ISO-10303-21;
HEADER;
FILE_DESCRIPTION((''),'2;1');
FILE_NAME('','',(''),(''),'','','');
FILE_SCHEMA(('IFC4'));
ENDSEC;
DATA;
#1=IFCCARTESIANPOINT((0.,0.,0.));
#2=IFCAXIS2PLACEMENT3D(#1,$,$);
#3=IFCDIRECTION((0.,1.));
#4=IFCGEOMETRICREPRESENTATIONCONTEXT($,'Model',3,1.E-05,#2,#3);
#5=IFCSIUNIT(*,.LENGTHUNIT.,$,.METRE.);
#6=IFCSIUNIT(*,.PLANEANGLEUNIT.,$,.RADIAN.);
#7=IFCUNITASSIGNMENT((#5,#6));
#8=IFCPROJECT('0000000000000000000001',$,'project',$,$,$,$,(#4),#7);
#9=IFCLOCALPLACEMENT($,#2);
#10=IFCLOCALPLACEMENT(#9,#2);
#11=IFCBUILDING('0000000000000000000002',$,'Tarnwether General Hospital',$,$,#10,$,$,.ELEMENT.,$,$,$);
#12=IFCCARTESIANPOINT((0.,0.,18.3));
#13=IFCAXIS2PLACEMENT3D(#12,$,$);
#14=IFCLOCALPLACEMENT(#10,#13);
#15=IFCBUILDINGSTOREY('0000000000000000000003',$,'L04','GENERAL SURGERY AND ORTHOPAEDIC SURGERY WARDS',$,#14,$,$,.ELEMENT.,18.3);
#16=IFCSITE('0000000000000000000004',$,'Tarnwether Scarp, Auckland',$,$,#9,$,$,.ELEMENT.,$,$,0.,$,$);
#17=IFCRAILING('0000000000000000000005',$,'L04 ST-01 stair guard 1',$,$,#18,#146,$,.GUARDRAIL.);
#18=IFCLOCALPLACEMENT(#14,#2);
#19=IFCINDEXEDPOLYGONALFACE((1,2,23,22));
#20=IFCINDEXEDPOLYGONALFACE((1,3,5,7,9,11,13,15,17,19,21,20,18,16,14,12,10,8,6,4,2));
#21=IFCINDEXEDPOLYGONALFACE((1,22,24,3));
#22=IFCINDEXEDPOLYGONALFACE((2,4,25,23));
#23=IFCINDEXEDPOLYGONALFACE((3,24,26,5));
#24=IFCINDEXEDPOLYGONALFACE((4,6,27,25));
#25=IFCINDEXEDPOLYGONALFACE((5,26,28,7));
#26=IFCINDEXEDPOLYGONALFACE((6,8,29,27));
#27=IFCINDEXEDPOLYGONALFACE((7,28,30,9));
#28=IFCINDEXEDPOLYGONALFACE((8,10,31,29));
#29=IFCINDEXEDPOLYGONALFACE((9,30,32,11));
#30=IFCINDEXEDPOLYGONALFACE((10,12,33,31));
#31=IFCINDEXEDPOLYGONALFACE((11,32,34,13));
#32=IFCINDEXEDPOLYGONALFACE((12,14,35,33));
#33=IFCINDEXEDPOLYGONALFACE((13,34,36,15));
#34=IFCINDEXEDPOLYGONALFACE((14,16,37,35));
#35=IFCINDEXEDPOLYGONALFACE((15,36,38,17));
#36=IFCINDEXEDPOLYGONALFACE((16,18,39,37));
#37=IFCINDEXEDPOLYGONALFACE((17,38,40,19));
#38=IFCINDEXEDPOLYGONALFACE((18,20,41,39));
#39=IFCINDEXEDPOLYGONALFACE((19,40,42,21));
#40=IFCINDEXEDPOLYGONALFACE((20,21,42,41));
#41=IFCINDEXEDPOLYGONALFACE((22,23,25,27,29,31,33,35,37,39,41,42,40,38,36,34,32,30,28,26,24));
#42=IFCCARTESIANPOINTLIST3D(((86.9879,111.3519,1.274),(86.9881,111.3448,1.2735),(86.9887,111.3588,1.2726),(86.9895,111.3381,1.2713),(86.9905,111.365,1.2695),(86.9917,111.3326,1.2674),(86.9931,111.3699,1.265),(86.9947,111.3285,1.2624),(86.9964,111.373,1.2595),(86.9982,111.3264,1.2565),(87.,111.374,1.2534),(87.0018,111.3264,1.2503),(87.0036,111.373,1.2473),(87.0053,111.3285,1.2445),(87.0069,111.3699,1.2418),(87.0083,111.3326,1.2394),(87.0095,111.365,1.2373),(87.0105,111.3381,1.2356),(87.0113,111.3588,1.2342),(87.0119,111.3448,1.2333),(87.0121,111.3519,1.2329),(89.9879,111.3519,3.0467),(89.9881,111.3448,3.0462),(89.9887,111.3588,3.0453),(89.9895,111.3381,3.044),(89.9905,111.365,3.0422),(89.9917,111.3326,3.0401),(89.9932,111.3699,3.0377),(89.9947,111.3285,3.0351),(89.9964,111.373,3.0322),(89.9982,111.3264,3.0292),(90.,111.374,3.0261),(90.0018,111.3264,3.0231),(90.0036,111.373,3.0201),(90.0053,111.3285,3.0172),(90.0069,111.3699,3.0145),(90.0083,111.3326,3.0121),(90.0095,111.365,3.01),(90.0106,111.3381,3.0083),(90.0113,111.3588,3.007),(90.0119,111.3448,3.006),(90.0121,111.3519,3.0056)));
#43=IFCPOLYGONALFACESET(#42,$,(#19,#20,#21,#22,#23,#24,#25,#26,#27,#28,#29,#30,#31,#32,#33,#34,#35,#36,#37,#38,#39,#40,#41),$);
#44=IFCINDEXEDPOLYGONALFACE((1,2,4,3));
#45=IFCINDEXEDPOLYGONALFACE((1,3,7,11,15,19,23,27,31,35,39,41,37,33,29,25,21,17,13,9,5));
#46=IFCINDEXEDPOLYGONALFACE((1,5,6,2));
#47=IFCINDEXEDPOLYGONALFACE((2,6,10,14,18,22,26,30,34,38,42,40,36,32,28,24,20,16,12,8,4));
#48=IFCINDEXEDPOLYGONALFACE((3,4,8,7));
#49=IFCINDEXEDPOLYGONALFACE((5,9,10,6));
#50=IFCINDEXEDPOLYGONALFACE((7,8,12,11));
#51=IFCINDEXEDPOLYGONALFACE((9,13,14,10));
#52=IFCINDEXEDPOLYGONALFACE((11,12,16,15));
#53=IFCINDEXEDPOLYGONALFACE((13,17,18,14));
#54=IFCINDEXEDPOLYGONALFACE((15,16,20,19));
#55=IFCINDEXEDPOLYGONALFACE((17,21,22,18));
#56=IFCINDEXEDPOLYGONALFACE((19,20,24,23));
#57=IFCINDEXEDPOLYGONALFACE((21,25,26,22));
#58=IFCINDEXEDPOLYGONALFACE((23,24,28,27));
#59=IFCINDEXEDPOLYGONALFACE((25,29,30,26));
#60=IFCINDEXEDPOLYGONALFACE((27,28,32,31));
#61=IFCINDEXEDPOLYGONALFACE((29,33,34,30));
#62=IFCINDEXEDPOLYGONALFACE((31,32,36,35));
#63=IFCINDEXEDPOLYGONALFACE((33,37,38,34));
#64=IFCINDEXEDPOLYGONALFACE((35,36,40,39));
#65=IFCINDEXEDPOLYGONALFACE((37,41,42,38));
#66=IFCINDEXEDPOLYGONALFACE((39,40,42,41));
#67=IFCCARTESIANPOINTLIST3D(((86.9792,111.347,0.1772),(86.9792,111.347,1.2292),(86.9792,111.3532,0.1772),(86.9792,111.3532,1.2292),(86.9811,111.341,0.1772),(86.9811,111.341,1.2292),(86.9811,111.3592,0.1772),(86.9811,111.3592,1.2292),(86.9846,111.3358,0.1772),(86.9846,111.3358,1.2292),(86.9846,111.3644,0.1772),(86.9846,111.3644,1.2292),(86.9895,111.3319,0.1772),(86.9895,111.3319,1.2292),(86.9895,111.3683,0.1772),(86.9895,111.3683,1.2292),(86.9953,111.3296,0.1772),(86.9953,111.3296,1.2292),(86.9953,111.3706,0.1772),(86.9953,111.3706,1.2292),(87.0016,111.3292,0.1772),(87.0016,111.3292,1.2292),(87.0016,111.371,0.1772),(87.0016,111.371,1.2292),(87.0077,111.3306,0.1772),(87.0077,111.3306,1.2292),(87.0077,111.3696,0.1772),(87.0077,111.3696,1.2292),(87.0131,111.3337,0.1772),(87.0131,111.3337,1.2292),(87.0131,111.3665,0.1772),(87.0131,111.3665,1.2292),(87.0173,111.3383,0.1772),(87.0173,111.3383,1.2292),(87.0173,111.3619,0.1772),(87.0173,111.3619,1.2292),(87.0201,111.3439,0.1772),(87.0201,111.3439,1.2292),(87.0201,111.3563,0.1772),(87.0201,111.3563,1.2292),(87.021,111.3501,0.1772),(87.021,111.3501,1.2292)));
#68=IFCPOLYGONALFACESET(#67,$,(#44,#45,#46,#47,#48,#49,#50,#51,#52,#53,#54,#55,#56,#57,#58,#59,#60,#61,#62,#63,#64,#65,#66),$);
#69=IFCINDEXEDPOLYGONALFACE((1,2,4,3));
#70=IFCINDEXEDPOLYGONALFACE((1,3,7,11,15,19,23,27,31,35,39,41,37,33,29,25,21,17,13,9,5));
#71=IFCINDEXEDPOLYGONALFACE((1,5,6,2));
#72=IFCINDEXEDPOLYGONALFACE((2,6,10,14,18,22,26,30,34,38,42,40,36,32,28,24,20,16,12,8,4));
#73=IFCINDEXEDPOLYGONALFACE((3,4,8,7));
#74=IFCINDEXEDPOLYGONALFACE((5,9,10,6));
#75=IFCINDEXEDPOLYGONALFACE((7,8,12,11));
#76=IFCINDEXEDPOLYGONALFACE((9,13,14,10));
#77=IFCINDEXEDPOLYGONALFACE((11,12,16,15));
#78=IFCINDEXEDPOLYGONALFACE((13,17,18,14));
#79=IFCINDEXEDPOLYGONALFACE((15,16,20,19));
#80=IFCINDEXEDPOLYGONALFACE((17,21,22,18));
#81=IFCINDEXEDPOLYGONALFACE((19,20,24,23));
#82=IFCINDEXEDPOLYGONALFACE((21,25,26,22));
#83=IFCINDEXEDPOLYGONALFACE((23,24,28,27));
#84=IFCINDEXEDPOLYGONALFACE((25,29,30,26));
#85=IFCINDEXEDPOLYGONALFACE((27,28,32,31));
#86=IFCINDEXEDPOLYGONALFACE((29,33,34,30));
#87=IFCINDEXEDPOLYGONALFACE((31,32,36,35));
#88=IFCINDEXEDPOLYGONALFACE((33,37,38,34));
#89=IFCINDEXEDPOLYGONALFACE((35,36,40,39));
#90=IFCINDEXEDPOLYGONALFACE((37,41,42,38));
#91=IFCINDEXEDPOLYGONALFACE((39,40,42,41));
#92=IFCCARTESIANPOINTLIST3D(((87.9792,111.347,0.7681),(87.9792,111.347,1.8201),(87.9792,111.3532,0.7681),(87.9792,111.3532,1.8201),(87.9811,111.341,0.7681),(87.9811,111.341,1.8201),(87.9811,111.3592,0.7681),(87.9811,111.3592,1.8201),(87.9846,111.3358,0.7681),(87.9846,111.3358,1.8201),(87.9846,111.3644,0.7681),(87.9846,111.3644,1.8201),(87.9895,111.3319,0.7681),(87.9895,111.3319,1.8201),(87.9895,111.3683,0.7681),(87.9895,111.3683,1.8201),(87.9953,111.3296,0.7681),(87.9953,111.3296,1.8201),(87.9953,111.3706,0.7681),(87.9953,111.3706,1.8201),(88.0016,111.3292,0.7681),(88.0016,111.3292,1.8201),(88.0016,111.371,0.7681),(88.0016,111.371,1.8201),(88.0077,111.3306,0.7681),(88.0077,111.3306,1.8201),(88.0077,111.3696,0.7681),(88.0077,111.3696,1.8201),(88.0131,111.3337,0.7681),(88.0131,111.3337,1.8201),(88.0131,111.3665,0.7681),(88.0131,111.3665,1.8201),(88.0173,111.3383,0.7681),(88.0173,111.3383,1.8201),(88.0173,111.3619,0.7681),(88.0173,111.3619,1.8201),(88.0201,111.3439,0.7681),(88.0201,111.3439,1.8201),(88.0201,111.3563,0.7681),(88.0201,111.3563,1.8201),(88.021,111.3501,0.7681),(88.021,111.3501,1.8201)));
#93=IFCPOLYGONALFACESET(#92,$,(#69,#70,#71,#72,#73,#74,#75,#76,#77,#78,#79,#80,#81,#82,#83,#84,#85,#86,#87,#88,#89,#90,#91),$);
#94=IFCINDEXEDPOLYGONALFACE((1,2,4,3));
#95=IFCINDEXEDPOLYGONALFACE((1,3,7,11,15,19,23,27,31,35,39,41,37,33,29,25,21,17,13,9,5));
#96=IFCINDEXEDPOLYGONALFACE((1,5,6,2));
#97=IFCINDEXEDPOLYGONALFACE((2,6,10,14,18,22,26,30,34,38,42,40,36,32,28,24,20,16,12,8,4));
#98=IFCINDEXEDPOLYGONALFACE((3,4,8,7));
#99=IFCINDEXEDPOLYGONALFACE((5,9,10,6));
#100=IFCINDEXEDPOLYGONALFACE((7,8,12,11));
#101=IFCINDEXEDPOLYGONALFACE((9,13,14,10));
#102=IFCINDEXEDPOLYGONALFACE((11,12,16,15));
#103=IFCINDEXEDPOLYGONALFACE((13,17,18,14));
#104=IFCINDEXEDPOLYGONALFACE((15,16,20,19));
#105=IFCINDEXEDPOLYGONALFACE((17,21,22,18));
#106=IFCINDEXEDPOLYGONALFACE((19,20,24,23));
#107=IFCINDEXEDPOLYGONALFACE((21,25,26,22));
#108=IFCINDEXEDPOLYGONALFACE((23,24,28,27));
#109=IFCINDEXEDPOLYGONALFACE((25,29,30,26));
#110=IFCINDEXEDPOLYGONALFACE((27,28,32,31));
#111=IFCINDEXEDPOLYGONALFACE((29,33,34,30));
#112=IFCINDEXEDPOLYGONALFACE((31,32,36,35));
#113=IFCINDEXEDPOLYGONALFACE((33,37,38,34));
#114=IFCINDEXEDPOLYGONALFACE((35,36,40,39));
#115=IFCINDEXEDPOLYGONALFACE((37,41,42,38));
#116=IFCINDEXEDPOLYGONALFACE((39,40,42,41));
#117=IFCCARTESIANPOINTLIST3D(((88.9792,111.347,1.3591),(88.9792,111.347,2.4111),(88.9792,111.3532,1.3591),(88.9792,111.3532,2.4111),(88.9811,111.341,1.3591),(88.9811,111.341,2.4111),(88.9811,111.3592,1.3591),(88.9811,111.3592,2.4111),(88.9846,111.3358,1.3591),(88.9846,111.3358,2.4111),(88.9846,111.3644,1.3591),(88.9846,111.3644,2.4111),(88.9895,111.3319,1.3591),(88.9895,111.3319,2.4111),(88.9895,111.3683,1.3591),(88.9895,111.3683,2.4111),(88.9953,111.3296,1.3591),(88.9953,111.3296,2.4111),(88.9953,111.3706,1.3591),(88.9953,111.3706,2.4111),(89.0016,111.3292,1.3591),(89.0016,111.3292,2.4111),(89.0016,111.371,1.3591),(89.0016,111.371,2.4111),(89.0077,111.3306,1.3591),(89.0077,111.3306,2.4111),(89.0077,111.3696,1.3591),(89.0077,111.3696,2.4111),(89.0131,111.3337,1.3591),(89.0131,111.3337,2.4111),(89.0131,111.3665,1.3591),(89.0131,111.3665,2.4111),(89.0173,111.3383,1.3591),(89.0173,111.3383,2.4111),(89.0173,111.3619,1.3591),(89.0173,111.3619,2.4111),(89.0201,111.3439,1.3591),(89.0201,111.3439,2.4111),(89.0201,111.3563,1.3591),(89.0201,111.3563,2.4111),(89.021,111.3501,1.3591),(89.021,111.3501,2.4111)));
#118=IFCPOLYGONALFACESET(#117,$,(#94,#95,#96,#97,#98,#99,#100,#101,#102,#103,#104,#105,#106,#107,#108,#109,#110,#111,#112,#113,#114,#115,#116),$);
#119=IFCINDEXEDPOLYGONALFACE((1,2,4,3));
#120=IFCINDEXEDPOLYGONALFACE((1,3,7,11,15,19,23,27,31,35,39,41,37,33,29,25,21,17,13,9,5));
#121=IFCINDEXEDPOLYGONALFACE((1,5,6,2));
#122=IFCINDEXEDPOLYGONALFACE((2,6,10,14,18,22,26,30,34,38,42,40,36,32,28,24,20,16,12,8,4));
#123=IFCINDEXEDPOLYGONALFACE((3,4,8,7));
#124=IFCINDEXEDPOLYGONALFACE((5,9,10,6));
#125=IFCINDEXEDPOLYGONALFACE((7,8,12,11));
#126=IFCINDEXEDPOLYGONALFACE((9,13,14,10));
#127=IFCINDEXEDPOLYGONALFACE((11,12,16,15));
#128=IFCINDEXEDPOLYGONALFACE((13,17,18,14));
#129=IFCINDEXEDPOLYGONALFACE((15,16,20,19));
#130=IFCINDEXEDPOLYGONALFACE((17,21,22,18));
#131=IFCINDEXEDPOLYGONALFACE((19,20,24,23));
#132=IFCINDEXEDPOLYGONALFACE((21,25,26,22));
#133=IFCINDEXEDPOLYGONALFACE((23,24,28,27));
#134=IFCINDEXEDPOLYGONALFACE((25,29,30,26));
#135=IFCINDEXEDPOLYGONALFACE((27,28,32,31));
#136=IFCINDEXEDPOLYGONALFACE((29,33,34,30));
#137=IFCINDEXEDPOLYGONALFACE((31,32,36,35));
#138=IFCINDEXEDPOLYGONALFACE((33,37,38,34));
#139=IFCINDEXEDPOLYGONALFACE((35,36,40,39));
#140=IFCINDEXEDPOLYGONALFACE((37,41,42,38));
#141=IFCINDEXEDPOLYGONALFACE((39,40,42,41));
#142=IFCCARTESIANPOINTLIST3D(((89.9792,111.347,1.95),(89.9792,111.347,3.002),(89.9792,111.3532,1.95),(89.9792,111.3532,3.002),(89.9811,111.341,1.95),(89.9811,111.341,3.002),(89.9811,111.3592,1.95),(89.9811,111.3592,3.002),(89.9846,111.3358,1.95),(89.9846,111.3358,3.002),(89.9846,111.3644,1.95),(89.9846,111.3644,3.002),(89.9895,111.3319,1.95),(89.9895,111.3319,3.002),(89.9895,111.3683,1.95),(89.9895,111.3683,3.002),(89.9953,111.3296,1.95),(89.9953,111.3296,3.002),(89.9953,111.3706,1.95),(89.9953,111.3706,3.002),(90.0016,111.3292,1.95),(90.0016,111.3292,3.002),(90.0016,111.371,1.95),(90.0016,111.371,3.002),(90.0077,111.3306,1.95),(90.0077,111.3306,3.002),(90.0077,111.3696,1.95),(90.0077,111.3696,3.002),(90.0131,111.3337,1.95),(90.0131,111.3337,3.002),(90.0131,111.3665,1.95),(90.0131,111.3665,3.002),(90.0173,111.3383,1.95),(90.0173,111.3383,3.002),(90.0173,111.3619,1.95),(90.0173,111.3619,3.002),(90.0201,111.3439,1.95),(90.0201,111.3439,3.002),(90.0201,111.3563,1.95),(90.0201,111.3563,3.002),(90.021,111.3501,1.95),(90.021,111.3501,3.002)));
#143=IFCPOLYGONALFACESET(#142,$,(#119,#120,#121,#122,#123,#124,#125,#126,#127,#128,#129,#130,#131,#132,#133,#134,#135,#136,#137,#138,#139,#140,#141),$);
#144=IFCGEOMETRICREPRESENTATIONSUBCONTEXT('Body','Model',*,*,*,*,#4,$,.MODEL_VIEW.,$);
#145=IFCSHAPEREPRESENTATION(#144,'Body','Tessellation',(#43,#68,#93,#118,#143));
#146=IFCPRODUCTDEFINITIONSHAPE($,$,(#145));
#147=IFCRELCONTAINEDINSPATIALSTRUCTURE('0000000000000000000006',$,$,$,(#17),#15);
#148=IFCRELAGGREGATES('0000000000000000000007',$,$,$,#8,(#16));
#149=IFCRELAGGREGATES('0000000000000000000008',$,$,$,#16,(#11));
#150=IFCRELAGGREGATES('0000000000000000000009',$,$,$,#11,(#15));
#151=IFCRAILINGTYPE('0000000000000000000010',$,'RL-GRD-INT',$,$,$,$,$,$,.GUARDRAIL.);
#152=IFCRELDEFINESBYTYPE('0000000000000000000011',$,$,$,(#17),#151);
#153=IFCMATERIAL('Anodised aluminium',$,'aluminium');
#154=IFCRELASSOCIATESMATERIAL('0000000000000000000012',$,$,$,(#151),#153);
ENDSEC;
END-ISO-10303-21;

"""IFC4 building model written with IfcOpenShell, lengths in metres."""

from ifc_helpers import new_model, si_unit, direction, frame, origin, origin_2d, place, context, subcontext, project, spatial, circle, extrude, material, type_object, element, save


model = new_model("IFC4")

# Units and contexts
model_context = context("Model", 3, precision=1e-05, world=origin(), true_north=direction((0.0, 1.0)))
body_context = subcontext(model_context, "Body", "Model", "MODEL_VIEW")
ifc_project = project(units=[si_unit("LENGTHUNIT", "METRE"), si_unit("PLANEANGLEUNIT", "RADIAN")], contexts=[model_context])

# Site, building, storey
site_placement = place(None, origin())
site = spatial("IfcSite", under=ifc_project, at=site_placement, Name="Tarnwether Scarp, Auckland", CompositionType="ELEMENT", RefElevation=0.0)
building_placement = place(site_placement, origin())
building = spatial("IfcBuilding", under=site, at=building_placement, Name="Tarnwether General Hospital", CompositionType="ELEMENT")
storey_placement = place(building_placement, frame((0.0, 0.0, 18.3)))
storey = spatial("IfcBuildingStorey", under=building, at=storey_placement, Name="L04", Description="GENERAL SURGERY AND ORTHOPAEDIC SURGERY WARDS", CompositionType="ELEMENT", Elevation=18.3)

# Railing
ifc_material_1 = material(Name="Anodised aluminium", Category="aluminium")
railing_type_1 = type_object("IfcRailingType", Name="RL-GRD-INT", PredefinedType="GUARDRAIL", material=ifc_material_1)
railing_1_placement = place(storey_placement, frame((87.0, 111.3501, 0.1772)))
element("IfcRailing", 1, at=railing_1_placement, inside=storey, type_object=railing_type_1, Name="L04 ST-01 stair guard 1", PredefinedType="GUARDRAIL", context=body_context, shape_type="SweptSolid", body=[
    extrude(circle(Radius=0.0239, at=origin_2d()), frame((0.0, 0.0, 1.0762), z_axis=(0.860929, 0.0, 0.508725), x_axis=(0.0, 1.0, 0.0)), (0.0, 0.0, 1.0), 3.4846),
    extrude(circle(Radius=0.021, at=origin_2d()), origin(), (0.0, 0.0, 1.0), 1.052),
    extrude(circle(Radius=0.021, at=origin_2d()), frame((1.0, 0.0, 0.5908)), (0.0, 0.0, 1.0), 1.052),
    extrude(circle(Radius=0.021, at=origin_2d()), frame((2.0, 0.0, 1.1819)), (0.0, 0.0, 1.0), 1.052),
    extrude(circle(Radius=0.021, at=origin_2d()), frame((3.0, 0.0, 1.7727)), (0.0, 0.0, 1.0), 1.052),
])

save(model, "model.ifc")
